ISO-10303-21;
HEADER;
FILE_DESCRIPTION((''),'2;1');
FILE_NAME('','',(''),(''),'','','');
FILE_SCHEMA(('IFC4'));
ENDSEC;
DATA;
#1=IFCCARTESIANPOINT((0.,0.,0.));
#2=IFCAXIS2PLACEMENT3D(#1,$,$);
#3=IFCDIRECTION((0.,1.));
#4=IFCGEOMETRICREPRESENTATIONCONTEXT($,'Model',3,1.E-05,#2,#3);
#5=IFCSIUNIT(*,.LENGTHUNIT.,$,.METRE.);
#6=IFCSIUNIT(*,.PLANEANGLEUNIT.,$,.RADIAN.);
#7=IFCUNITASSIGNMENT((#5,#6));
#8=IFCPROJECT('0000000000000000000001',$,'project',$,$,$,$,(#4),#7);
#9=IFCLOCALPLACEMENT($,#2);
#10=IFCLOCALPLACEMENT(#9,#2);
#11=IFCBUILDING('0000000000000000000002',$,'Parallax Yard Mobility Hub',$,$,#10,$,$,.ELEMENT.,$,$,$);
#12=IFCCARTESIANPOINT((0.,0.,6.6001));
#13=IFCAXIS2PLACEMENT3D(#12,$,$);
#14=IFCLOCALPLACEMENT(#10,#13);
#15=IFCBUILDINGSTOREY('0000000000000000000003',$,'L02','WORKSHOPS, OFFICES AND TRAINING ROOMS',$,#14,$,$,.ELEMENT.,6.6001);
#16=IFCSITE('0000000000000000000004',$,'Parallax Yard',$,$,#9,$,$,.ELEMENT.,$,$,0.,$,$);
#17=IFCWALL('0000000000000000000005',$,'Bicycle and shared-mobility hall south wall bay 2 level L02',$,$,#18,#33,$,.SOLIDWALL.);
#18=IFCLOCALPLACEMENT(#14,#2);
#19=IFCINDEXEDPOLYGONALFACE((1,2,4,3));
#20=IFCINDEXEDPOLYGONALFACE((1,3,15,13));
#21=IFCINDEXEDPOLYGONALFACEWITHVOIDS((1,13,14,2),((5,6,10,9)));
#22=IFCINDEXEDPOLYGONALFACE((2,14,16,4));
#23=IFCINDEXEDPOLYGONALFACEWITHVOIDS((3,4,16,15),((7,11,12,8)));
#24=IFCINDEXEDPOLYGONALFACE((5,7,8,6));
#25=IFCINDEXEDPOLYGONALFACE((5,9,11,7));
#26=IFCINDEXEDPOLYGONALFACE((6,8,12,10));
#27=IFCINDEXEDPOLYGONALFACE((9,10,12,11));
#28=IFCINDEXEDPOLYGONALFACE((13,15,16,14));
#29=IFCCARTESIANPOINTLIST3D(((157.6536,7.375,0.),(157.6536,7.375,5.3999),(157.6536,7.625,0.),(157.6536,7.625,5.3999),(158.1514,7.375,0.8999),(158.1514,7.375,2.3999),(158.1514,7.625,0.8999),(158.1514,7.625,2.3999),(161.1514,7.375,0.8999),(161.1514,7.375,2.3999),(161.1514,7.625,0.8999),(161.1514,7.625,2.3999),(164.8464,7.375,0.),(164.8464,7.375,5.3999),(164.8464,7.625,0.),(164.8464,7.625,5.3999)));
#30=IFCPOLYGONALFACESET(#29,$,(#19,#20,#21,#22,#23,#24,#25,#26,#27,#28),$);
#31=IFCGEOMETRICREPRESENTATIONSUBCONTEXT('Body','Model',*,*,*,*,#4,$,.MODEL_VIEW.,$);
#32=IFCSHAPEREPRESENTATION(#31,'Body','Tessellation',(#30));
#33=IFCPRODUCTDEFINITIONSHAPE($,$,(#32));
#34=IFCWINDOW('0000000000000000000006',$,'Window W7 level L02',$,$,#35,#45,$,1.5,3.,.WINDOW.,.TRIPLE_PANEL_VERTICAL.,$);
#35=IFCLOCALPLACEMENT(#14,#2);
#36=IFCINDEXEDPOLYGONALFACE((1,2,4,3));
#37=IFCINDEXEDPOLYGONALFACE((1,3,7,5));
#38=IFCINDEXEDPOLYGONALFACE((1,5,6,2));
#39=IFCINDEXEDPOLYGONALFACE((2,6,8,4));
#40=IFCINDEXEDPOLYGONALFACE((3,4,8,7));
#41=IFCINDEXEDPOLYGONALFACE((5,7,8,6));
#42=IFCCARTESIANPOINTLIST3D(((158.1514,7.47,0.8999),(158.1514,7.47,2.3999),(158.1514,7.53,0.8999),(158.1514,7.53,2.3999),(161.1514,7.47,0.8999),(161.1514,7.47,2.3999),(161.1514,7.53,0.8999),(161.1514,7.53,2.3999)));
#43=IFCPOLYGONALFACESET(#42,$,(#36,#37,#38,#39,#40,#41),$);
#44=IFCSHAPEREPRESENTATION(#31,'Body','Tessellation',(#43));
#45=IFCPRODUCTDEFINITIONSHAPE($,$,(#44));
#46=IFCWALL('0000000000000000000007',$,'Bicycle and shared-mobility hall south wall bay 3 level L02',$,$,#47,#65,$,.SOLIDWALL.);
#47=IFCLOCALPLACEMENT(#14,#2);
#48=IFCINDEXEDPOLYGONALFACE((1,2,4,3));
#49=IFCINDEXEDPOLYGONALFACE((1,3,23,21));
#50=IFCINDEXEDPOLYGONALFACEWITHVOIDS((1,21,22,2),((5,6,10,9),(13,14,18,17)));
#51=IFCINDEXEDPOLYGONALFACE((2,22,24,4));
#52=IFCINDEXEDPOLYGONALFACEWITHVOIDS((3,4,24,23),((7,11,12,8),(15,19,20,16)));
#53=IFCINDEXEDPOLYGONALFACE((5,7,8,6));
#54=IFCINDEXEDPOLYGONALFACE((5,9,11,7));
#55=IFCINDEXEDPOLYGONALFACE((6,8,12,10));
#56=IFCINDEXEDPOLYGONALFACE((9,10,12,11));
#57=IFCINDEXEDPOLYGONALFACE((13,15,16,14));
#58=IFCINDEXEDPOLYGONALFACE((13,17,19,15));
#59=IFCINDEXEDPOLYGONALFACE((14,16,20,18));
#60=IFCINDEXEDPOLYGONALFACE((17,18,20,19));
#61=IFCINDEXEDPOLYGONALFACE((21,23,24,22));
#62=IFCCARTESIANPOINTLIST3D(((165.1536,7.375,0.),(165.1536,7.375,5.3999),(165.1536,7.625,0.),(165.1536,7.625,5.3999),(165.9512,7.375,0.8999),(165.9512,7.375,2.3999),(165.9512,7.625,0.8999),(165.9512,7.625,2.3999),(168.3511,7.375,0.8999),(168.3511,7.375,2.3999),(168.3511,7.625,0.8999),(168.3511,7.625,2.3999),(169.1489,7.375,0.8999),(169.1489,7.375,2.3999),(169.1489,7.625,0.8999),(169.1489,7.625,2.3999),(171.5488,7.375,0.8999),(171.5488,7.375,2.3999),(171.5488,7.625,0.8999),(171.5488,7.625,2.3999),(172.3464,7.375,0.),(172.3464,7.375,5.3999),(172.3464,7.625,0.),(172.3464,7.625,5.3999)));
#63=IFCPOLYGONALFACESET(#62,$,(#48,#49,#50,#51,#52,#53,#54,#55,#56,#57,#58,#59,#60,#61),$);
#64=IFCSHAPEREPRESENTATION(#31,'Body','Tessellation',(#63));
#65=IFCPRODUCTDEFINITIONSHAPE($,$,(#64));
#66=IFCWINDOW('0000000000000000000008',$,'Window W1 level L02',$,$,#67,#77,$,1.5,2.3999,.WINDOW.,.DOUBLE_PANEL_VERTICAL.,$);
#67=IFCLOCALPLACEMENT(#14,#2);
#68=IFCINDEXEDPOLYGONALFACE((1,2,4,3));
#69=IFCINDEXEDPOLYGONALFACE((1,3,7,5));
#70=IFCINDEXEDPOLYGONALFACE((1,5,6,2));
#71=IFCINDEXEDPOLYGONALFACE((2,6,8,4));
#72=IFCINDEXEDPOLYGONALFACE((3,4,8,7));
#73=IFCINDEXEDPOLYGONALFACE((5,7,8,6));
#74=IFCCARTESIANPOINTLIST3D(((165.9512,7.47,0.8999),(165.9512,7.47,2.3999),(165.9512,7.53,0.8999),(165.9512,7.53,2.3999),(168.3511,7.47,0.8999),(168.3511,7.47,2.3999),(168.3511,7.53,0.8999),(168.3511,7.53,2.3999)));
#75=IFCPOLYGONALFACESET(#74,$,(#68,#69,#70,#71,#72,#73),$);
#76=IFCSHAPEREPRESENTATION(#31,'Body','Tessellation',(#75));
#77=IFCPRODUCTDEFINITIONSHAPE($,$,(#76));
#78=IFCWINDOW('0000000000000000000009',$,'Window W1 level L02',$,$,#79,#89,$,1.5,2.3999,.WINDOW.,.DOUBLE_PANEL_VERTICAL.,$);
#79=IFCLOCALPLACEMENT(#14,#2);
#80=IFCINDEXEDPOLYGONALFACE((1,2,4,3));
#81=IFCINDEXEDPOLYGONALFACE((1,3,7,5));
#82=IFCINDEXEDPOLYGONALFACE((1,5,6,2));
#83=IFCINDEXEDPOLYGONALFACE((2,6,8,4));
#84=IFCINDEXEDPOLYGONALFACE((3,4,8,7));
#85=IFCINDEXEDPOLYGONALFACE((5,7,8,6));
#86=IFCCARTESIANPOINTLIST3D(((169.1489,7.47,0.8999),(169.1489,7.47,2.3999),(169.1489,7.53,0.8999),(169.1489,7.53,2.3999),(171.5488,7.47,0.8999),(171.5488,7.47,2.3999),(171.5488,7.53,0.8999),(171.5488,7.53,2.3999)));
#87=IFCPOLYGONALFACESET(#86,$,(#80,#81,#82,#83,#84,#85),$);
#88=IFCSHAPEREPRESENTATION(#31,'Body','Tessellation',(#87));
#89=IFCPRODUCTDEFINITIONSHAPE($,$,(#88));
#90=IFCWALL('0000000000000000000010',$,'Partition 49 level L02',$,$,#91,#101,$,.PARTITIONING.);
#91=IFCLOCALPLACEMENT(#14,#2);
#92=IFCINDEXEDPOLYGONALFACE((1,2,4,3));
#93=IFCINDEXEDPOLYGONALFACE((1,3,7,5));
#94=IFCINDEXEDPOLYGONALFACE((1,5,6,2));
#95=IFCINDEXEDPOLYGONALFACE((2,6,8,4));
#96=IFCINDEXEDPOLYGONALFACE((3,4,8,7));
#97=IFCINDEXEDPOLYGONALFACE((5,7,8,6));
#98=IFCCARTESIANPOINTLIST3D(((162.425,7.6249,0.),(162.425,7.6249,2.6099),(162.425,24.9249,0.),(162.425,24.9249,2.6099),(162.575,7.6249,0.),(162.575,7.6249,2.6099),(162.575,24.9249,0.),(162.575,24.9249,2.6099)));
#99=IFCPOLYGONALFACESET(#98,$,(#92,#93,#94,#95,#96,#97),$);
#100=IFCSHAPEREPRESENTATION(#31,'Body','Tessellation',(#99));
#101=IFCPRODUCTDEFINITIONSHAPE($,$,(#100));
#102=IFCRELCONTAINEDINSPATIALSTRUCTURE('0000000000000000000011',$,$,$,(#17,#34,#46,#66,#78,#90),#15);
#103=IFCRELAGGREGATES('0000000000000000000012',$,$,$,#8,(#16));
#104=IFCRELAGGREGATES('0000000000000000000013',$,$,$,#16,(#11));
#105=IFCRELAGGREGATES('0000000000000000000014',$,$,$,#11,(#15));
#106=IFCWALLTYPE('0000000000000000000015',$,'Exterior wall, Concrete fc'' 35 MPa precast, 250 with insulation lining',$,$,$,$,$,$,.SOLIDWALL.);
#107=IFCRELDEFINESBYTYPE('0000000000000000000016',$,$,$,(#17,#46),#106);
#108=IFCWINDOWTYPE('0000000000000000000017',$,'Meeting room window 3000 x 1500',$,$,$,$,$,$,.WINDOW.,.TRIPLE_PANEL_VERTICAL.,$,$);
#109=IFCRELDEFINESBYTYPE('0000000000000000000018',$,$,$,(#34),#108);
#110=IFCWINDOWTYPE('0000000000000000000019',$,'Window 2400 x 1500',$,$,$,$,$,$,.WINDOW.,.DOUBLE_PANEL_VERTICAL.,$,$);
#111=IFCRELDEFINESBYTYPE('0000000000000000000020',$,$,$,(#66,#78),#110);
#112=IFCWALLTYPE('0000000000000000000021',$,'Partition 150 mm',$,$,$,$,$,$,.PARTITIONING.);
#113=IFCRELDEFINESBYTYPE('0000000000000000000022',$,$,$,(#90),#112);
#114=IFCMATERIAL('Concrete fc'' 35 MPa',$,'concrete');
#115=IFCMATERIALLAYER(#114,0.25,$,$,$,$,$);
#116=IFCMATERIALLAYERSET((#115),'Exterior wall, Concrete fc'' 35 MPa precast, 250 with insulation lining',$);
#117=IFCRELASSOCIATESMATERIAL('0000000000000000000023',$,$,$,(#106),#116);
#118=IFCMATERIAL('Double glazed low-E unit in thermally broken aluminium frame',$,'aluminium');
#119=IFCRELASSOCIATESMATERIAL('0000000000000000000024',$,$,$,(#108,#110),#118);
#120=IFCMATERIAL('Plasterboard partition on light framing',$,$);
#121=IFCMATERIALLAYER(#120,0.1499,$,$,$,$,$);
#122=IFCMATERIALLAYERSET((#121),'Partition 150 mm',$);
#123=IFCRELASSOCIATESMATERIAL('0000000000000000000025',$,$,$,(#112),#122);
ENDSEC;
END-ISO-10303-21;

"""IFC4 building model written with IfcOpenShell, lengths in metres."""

from ifc_helpers import new_model, si_unit, direction, frame, frame_2d, origin, place, context, subcontext, project, spatial, rectangle, extrude, material, layer, layer_set, type_object, element, fill, save


model = new_model("IFC4")

# Units and contexts
model_context = context("Model", 3, precision=1e-05, world=origin(), true_north=direction((0.0, 1.0)))
body_context = subcontext(model_context, "Body", "Model", "MODEL_VIEW")
ifc_project = project(units=[si_unit("LENGTHUNIT", "METRE"), si_unit("PLANEANGLEUNIT", "RADIAN")], contexts=[model_context])

# Site, building, storey
site_placement = place(None, origin())
site = spatial("IfcSite", under=ifc_project, at=site_placement, Name="Parallax Yard", CompositionType="ELEMENT", RefElevation=0.0)
building_placement = place(site_placement, origin())
building = spatial("IfcBuilding", under=site, at=building_placement, Name="Parallax Yard Mobility Hub", CompositionType="ELEMENT")
storey_placement = place(building_placement, frame((0.0, 0.0, 6.6001)))
storey = spatial("IfcBuildingStorey", under=building, at=storey_placement, Name="L02", Description="WORKSHOPS, OFFICES AND TRAINING ROOMS", CompositionType="ELEMENT", Elevation=6.6001)

# Wall, opening, window
ifc_material_1 = material(Name="Concrete fc' 35 MPa", Category="concrete")
ifc_layer_1 = layer(ifc_material_1, 0.25)
ifc_layer_set_1 = layer_set([ifc_layer_1], Name="Exterior wall, Concrete fc' 35 MPa precast, 250 with insulation lining")
wall_type_1 = type_object("IfcWallType", Name="Exterior wall, Concrete fc' 35 MPa precast, 250 with insulation lining", PredefinedType="SOLIDWALL", material=ifc_layer_set_1)
wall_1_placement = place(storey_placement, frame((157.6536, 7.5, 0.0), z_axis=(0.0, 0.0, 1.0), x_axis=(1.0, 0.0, 0.0)))
wall_1 = element("IfcWall", 1, at=wall_1_placement, inside=storey, type_object=wall_type_1, Name="Bicycle and shared-mobility hall south wall bay 2 level L02", PredefinedType="SOLIDWALL", context=body_context, shape_type="SweptSolid", body=[
    extrude(rectangle(XDim=7.1929, YDim=0.25, at=frame_2d((3.5964, 0.0))), origin(), (0.0, 0.0, 1.0), 5.3999),
])
opening_1_placement = place(wall_1_placement, frame((0.4978, 0.0, 0.8999)))
opening_1 = element("IfcOpeningElement", 2, at=opening_1_placement, cuts=wall_1, PredefinedType="OPENING", context=body_context, shape_type="SweptSolid", body=[
    extrude(rectangle(XDim=3.0, YDim=1.5, at=frame_2d((1.5, 0.75))), frame((0.0, 0.135, 0.0), z_axis=(0.0, -1.0, 0.0), x_axis=(1.0, 0.0, 0.0)), (0.0, 0.0, 1.0), 0.27),
])
ifc_material_2 = material(Name="Double glazed low-E unit in thermally broken aluminium frame", Category="aluminium")
window_type_1 = type_object("IfcWindowType", Name="Meeting room window 3000 x 1500", PartitioningType="TRIPLE_PANEL_VERTICAL", PredefinedType="WINDOW", material=ifc_material_2)
window_1_placement = place(opening_1_placement, origin())
window_1 = element("IfcWindow", 3, at=window_1_placement, inside=storey, type_object=window_type_1, Name="Window W7 level L02", OverallHeight=1.5, OverallWidth=3.0, PartitioningType="TRIPLE_PANEL_VERTICAL", PredefinedType="WINDOW", context=body_context, shape_type="SweptSolid", body=[
    extrude(rectangle(XDim=3.0, YDim=1.5, at=frame_2d((1.5, 0.75))), frame((0.0, 0.03, 0.0), z_axis=(0.0, -1.0, 0.0), x_axis=(1.0, 0.0, 0.0)), (0.0, 0.0, 1.0), 0.0601),
])
fill(opening_1, window_1)

# Wall, openings, windows
wall_2_placement = place(storey_placement, frame((165.1536, 7.5, 0.0), z_axis=(0.0, 0.0, 1.0), x_axis=(1.0, 0.0, 0.0)))
wall_2 = element("IfcWall", 4, at=wall_2_placement, inside=storey, type_object=wall_type_1, Name="Bicycle and shared-mobility hall south wall bay 3 level L02", PredefinedType="SOLIDWALL", context=body_context, shape_type="SweptSolid", body=[
    extrude(rectangle(XDim=7.1929, YDim=0.25, at=frame_2d((3.5964, 0.0))), origin(), (0.0, 0.0, 1.0), 5.3999),
])
opening_2_placement = place(wall_2_placement, frame((0.7976, 0.0, 0.8999)))
opening_2 = element("IfcOpeningElement", 5, at=opening_2_placement, cuts=wall_2, PredefinedType="OPENING", context=body_context, shape_type="SweptSolid", body=[
    extrude(rectangle(XDim=2.3999, YDim=1.5, at=frame_2d((1.2, 0.75))), frame((0.0, 0.135, 0.0), z_axis=(0.0, -1.0, 0.0), x_axis=(1.0, 0.0, 0.0)), (0.0, 0.0, 1.0), 0.27),
])
opening_3_placement = place(wall_2_placement, frame((3.9954, 0.0, 0.8999)))
opening_3 = element("IfcOpeningElement", 6, at=opening_3_placement, cuts=wall_2, PredefinedType="OPENING", context=body_context, shape_type="SweptSolid", body=[
    extrude(rectangle(XDim=2.3999, YDim=1.5, at=frame_2d((1.2, 0.75))), frame((0.0, 0.135, 0.0), z_axis=(0.0, -1.0, 0.0), x_axis=(1.0, 0.0, 0.0)), (0.0, 0.0, 1.0), 0.27),
])
window_type_2 = type_object("IfcWindowType", Name="Window 2400 x 1500", PartitioningType="DOUBLE_PANEL_VERTICAL", PredefinedType="WINDOW", material=ifc_material_2)
window_2_placement = place(opening_2_placement, origin())
window_2 = element("IfcWindow", 7, at=window_2_placement, inside=storey, type_object=window_type_2, Name="Window W1 level L02", OverallHeight=1.5, OverallWidth=2.3999, PartitioningType="DOUBLE_PANEL_VERTICAL", PredefinedType="WINDOW", context=body_context, shape_type="SweptSolid", body=[
    extrude(rectangle(XDim=2.3999, YDim=1.5, at=frame_2d((1.2, 0.75))), frame((0.0, 0.03, 0.0), z_axis=(0.0, -1.0, 0.0), x_axis=(1.0, 0.0, 0.0)), (0.0, 0.0, 1.0), 0.0601),
])
fill(opening_2, window_2)
window_3_placement = place(opening_3_placement, origin())
window_3 = element("IfcWindow", 8, at=window_3_placement, inside=storey, type_object=window_type_2, Name="Window W1 level L02", OverallHeight=1.5, OverallWidth=2.3999, PartitioningType="DOUBLE_PANEL_VERTICAL", PredefinedType="WINDOW", context=body_context, shape_type="SweptSolid", body=[
    extrude(rectangle(XDim=2.3999, YDim=1.5, at=frame_2d((1.2, 0.75))), frame((0.0, 0.03, 0.0), z_axis=(0.0, -1.0, 0.0), x_axis=(1.0, 0.0, 0.0)), (0.0, 0.0, 1.0), 0.0601),
])
fill(opening_3, window_3)

# Wall
ifc_material_3 = material(Name="Plasterboard partition on light framing")
ifc_layer_2 = layer(ifc_material_3, 0.1499)
ifc_layer_set_2 = layer_set([ifc_layer_2], Name="Partition 150 mm")
wall_type_2 = type_object("IfcWallType", Name="Partition 150 mm", PredefinedType="PARTITIONING", material=ifc_layer_set_2)
wall_3_placement = place(storey_placement, frame((162.5, 7.625, 0.0), z_axis=(0.0, 0.0, 1.0), x_axis=(0.0, 1.0, 0.0)))
element("IfcWall", 9, at=wall_3_placement, inside=storey, type_object=wall_type_2, Name="Partition 49 level L02", PredefinedType="PARTITIONING", context=body_context, shape_type="SweptSolid", body=[
    extrude(rectangle(XDim=17.3, YDim=0.1499, at=frame_2d((8.6499, 0.0))), origin(), (0.0, 0.0, 1.0), 2.6099),
])

save(model, "model.ifc")
